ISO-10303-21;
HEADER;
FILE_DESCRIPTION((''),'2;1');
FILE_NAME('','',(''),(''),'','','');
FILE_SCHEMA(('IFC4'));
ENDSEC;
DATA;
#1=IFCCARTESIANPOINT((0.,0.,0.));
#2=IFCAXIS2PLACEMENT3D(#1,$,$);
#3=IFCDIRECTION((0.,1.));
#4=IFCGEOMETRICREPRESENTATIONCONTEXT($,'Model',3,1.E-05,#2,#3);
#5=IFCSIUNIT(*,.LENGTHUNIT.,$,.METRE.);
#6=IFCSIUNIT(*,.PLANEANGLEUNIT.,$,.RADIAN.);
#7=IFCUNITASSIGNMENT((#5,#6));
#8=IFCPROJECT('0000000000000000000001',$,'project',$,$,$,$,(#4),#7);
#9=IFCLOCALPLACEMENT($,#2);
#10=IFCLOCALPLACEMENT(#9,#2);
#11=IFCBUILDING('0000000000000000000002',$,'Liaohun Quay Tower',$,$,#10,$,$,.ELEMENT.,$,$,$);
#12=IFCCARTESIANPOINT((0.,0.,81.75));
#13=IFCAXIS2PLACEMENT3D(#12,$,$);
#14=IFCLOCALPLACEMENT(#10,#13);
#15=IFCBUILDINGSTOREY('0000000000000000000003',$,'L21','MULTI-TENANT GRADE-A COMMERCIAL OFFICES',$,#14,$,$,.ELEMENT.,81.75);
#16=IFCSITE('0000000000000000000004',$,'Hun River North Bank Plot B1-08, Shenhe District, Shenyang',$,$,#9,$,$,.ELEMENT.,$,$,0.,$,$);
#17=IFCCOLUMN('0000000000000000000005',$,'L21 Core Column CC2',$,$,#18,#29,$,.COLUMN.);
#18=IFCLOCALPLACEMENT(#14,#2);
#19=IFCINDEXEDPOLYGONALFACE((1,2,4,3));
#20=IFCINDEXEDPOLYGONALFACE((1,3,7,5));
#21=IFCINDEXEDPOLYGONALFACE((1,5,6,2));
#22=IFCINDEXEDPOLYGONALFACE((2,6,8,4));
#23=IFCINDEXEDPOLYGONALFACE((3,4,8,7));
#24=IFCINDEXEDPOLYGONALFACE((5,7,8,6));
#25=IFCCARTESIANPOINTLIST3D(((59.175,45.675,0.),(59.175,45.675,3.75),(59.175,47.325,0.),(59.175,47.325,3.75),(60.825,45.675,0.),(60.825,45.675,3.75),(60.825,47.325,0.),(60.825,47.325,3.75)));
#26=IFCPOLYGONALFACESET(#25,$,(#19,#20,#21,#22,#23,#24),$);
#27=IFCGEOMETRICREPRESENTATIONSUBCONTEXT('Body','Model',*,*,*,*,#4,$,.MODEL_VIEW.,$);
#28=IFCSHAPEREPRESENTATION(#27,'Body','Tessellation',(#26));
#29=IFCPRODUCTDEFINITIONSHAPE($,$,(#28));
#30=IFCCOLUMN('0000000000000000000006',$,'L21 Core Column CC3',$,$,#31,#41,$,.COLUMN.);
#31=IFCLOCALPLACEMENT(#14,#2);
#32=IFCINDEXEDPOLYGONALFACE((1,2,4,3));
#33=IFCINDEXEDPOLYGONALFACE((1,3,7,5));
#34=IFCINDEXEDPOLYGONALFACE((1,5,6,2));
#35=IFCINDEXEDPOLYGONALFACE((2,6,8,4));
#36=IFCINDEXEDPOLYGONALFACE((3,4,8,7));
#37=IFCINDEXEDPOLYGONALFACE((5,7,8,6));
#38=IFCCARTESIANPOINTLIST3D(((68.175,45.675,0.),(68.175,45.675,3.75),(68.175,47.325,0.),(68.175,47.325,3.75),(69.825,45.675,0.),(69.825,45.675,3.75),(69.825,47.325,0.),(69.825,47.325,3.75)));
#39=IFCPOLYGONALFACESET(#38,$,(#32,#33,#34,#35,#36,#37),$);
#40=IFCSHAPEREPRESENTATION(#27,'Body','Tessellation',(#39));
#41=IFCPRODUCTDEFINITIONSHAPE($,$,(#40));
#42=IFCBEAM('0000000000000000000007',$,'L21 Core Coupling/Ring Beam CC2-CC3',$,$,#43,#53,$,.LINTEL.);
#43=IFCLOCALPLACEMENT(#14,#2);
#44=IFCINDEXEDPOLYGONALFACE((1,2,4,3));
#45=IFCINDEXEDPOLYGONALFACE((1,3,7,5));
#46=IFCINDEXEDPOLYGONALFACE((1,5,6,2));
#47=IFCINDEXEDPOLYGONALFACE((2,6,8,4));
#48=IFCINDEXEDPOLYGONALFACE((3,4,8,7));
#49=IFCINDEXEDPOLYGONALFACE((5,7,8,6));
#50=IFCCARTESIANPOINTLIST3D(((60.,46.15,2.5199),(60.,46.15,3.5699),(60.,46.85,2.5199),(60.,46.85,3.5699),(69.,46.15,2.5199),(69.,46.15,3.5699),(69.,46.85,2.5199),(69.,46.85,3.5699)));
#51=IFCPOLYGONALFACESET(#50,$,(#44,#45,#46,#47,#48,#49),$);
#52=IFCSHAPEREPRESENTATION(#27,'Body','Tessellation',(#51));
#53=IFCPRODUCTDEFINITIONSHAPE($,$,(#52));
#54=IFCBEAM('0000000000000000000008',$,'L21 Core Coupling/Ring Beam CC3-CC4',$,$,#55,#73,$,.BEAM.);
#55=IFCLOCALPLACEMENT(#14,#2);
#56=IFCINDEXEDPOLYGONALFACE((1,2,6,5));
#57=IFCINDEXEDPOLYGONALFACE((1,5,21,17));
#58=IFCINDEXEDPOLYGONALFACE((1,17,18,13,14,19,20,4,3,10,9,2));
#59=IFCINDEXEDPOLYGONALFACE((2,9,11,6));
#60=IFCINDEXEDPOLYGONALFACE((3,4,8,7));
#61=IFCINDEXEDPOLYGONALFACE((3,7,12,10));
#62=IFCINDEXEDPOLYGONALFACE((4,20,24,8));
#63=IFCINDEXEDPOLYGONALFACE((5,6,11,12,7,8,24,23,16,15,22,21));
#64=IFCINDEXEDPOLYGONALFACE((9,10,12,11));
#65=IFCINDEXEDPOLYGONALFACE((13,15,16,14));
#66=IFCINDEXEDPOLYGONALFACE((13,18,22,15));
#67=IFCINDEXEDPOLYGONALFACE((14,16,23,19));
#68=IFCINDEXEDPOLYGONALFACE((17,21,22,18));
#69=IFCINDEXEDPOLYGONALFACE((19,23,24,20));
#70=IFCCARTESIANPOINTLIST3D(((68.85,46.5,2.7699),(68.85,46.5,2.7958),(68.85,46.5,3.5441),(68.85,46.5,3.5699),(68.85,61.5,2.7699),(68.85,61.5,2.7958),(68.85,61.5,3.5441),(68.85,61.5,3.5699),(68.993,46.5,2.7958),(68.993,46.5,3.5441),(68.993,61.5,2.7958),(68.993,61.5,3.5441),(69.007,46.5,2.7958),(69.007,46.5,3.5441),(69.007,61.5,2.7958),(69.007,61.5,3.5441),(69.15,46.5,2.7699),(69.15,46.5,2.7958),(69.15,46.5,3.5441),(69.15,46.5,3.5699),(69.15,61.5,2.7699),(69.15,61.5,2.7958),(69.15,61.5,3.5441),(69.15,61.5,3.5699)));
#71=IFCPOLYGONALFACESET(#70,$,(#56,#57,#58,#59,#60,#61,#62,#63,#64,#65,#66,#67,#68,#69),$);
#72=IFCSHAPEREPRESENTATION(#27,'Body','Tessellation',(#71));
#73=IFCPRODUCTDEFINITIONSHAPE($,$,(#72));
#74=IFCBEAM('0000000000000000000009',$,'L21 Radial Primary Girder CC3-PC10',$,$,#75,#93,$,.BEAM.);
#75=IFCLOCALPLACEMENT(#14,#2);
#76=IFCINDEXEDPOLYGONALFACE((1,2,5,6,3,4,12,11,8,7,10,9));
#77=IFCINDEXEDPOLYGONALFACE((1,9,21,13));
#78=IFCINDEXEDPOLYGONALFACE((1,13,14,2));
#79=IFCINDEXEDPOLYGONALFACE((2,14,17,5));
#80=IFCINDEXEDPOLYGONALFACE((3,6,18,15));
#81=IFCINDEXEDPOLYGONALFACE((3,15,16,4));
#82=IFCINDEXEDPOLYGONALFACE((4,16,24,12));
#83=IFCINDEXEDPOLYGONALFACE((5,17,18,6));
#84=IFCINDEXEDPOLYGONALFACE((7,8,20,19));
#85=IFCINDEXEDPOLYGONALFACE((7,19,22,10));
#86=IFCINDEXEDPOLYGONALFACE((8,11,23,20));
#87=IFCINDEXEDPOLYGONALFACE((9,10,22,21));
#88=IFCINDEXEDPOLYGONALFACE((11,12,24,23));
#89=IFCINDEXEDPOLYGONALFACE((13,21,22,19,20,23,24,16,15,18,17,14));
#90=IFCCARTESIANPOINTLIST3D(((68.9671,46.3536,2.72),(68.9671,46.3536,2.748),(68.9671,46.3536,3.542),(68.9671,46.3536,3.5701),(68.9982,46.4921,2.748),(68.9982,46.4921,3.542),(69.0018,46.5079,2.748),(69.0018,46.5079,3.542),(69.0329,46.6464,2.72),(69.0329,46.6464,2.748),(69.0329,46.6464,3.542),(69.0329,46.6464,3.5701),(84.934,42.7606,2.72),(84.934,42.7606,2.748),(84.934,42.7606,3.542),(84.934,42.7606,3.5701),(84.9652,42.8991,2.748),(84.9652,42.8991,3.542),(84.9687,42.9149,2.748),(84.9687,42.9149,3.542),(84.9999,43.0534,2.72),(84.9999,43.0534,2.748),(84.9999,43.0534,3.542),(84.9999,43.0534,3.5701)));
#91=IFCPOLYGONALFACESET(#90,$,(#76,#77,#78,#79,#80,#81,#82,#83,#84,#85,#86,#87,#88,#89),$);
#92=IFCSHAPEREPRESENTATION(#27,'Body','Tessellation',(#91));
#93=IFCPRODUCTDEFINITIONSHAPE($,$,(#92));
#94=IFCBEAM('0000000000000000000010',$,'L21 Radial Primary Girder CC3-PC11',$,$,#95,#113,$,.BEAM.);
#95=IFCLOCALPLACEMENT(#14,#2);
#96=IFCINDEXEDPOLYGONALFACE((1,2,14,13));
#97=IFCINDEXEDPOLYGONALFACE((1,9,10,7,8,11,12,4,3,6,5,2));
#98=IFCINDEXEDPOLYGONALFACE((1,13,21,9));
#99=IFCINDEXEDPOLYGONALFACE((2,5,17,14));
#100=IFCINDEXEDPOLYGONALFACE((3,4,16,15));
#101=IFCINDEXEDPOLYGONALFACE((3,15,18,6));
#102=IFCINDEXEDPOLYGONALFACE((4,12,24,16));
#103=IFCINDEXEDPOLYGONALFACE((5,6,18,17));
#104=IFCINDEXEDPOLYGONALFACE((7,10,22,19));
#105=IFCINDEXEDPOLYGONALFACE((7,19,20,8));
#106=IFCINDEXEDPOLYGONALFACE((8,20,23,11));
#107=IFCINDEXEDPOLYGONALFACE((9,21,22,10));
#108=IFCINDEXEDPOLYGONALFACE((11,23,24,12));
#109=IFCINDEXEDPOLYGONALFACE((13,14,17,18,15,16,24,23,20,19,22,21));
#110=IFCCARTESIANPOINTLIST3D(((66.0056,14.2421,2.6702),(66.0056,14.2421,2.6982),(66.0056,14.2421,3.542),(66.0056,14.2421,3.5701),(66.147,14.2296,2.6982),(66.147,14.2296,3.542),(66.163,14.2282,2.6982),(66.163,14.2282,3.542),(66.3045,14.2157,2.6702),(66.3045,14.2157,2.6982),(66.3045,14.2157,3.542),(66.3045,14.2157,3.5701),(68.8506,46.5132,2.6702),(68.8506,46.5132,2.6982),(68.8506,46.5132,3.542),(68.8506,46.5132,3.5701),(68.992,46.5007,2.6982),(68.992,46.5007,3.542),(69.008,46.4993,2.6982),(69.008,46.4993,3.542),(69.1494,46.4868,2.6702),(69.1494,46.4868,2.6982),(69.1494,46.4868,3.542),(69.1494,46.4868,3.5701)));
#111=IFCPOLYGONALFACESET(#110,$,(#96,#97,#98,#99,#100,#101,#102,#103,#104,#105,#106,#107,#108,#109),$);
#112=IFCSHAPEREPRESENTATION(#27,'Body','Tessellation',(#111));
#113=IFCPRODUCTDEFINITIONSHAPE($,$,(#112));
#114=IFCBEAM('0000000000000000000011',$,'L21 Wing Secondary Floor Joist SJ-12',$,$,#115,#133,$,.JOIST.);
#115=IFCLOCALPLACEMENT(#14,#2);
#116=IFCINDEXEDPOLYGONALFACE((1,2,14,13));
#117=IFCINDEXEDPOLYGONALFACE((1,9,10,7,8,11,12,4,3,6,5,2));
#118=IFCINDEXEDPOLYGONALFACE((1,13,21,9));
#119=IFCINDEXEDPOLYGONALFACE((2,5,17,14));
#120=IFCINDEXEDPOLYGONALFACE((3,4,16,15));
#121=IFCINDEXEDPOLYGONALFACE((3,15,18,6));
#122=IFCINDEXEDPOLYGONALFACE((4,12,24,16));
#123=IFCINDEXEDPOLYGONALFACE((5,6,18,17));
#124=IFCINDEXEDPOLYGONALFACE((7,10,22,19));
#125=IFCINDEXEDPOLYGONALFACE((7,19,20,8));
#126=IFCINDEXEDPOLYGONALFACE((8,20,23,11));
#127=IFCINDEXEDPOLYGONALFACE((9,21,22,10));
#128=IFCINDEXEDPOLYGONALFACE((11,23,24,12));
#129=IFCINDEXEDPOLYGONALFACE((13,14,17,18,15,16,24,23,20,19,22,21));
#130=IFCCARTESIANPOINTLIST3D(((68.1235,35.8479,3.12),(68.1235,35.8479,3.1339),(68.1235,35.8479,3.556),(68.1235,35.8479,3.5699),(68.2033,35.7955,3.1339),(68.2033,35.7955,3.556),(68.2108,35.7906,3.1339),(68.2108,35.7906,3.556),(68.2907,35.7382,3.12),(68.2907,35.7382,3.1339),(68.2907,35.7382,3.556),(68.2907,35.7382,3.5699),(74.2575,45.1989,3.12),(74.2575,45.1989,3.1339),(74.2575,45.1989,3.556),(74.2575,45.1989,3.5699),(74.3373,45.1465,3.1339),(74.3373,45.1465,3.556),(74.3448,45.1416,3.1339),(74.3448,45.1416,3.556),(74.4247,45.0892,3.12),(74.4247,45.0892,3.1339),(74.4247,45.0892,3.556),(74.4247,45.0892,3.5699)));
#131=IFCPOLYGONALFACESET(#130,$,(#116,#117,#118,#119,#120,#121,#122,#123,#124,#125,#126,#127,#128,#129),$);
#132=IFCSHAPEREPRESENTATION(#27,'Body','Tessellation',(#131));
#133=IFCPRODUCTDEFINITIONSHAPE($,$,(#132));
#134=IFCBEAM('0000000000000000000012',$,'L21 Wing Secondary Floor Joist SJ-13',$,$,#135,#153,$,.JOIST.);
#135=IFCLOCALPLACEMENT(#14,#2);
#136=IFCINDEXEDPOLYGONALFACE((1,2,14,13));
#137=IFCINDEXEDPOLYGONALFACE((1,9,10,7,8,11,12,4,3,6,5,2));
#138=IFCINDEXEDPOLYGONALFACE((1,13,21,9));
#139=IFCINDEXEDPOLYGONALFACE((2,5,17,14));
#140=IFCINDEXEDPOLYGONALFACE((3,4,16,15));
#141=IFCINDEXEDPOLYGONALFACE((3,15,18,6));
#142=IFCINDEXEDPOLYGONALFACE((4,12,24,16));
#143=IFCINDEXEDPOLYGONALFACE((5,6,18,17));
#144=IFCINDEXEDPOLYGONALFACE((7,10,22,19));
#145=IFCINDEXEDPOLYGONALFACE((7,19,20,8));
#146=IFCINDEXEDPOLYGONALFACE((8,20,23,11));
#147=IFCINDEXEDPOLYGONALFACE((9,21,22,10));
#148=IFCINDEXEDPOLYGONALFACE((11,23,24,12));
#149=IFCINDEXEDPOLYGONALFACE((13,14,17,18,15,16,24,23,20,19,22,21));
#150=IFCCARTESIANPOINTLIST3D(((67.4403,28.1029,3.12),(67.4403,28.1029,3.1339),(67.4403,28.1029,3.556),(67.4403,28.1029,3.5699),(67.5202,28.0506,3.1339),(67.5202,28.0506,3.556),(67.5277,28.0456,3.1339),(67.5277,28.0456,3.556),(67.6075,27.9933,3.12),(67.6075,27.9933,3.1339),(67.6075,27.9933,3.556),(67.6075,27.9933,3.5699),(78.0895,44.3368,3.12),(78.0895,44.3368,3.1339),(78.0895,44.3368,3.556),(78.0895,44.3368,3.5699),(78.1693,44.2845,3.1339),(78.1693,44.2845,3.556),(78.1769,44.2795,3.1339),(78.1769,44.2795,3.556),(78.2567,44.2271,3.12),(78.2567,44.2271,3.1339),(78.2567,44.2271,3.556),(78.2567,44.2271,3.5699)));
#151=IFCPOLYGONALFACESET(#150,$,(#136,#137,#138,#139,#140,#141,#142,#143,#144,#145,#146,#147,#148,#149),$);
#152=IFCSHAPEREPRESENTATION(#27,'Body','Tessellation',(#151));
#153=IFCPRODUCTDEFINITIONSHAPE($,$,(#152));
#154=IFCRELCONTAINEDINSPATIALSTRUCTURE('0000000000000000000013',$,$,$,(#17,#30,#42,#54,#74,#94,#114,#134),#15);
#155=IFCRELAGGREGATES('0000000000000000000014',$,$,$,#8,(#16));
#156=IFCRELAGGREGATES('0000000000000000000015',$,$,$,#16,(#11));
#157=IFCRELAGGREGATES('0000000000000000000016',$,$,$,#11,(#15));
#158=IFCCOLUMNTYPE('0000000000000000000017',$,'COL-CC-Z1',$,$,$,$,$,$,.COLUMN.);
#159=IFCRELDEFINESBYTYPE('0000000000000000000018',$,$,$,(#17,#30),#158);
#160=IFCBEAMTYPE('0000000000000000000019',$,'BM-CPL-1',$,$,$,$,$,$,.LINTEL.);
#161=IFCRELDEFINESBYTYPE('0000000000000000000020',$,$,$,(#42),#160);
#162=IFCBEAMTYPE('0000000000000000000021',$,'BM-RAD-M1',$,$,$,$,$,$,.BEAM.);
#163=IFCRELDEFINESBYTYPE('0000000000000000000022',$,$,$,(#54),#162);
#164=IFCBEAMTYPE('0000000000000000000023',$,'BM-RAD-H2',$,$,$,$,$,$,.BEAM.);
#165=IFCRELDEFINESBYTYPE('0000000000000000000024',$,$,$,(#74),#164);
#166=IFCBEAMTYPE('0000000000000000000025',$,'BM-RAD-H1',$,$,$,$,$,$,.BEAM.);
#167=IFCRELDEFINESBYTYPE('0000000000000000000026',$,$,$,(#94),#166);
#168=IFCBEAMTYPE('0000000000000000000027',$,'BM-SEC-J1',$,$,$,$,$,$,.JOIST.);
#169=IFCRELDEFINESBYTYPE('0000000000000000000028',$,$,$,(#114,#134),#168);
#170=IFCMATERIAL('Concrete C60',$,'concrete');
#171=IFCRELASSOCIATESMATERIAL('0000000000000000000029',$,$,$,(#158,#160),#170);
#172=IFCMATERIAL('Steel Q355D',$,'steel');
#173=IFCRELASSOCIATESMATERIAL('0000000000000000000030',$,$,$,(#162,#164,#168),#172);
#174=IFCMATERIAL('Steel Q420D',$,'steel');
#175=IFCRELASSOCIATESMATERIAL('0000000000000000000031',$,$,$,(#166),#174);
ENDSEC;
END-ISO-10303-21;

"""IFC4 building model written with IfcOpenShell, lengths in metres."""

from ifc_helpers import new_model, si_unit, direction, frame, origin, origin_2d, place, context, subcontext, project, spatial, rectangle, i_section, extrude, source, transform, mapped, material, material_profile, profile_set, type_object, element, save


model = new_model("IFC4")

# Units and contexts
model_context = context("Model", 3, precision=1e-05, world=origin(), true_north=direction((0.0, 1.0)))
body_context = subcontext(model_context, "Body", "Model", "MODEL_VIEW")
ifc_project = project(units=[si_unit("LENGTHUNIT", "METRE"), si_unit("PLANEANGLEUNIT", "RADIAN")], contexts=[model_context])

# Site, building, storey
site_placement = place(None, origin())
site = spatial("IfcSite", under=ifc_project, at=site_placement, Name="Hun River North Bank Plot B1-08, Shenhe District, Shenyang", CompositionType="ELEMENT", RefElevation=0.0)
building_placement = place(site_placement, origin())
building = spatial("IfcBuilding", under=site, at=building_placement, Name="Liaohun Quay Tower", CompositionType="ELEMENT")
storey_placement = place(building_placement, frame((0.0, 0.0, 81.75)))
storey = spatial("IfcBuildingStorey", under=building, at=storey_placement, Name="L21", Description="MULTI-TENANT GRADE-A COMMERCIAL OFFICES", CompositionType="ELEMENT", Elevation=81.75)

# Columns
ifc_material_1 = material(Name="Concrete C60", Category="concrete")
ifc_material_profile_1 = material_profile(ifc_material_1, rectangle(XDim=1.6499, YDim=1.6499, at=origin_2d()), Name="RC1650x1650")
ifc_profile_set_1 = profile_set([ifc_material_profile_1], Name="Concrete C60")
column_type = type_object("IfcColumnType", Name="COL-CC-Z1", PredefinedType="COLUMN", material=ifc_profile_set_1)
shared_shape_1 = source(origin(), body_context, "Body", "SweptSolid", [
    extrude(rectangle(XDim=1.6499, YDim=1.6499, at=origin_2d()), origin(), (0.0, 0.0, 1.0), 3.75),
])
for number, where, z_axis, x_axis, name in (
    (1, (60.0, 46.5, 0.0), (0.0, 0.0, 1.0), (1.0, 0.0, 0.0), "L21 Core Column CC2"),
    (2, (69.0, 46.5, 0.0), (0.0, 0.0, 1.0), (1.0, 0.0, 0.0), "L21 Core Column CC3"),
):
    element("IfcColumn", number, at=place(storey_placement, frame(where, z_axis=z_axis, x_axis=x_axis)), inside=storey, type_object=column_type, Name=name, PredefinedType="COLUMN", context=body_context, shape_type="MappedRepresentation", body=[
        mapped(shared_shape_1, transform((0.0, 0.0, 0.0), x_axis=(1.0, 0.0, 0.0), y_axis=(0.0, 1.0, 0.0), z_axis=(0.0, 0.0, 1.0), scale=1.0)),
    ])

# Beams
ifc_material_profile_2 = material_profile(ifc_material_1, rectangle(XDim=0.7, YDim=1.05, at=origin_2d()), Name="RC700x1050")
ifc_profile_set_2 = profile_set([ifc_material_profile_2], Name="Concrete C60")
beam_type_1 = type_object("IfcBeamType", Name="BM-CPL-1", PredefinedType="LINTEL", material=ifc_profile_set_2)
shared_shape_2 = source(origin(), body_context, "Body", "SweptSolid", [
    extrude(rectangle(XDim=0.7, YDim=1.05, at=origin_2d()), origin(), (0.0, 0.0, 1.0), 9.0),
])
beam_1_placement = place(storey_placement, frame((60.0, 46.5, 3.0449), z_axis=(1.0, 0.0, 0.0), x_axis=(0.0, 1.0, 0.0)))
element("IfcBeam", 3, at=beam_1_placement, inside=storey, type_object=beam_type_1, Name="L21 Core Coupling/Ring Beam CC2-CC3", PredefinedType="LINTEL", context=body_context, shape_type="MappedRepresentation", body=[
    mapped(shared_shape_2, transform((0.0, 0.0, 0.0), x_axis=(1.0, 0.0, 0.0), y_axis=(0.0, 1.0, 0.0), z_axis=(0.0, 0.0, 1.0), scale=1.0)),
])
ifc_material_2 = material(Name="Steel Q355D", Category="steel")
ifc_material_profile_3 = material_profile(ifc_material_2, i_section(OverallWidth=0.3, OverallDepth=0.8, WebThickness=0.0139, FlangeThickness=0.0259, at=origin_2d()), Name="HN800x300x14x26")
ifc_profile_set_3 = profile_set([ifc_material_profile_3], Name="Steel Q355D")
beam_type_2 = type_object("IfcBeamType", Name="BM-RAD-M1", PredefinedType="BEAM", material=ifc_profile_set_3)
shared_shape_3 = source(origin(), body_context, "Body", "SweptSolid", [
    extrude(i_section(OverallWidth=0.3, OverallDepth=0.8, WebThickness=0.0139, FlangeThickness=0.0259, at=origin_2d()), origin(), (0.0, 0.0, 1.0), 15.0),
])
beam_2_placement = place(storey_placement, frame((69.0, 46.5, 3.1699), z_axis=(0.0, 1.0, 0.0), x_axis=(-1.0, 0.0, 0.0)))
element("IfcBeam", 4, at=beam_2_placement, inside=storey, type_object=beam_type_2, Name="L21 Core Coupling/Ring Beam CC3-CC4", PredefinedType="BEAM", context=body_context, shape_type="MappedRepresentation", body=[
    mapped(shared_shape_3, transform((0.0, 0.0, 0.0), x_axis=(1.0, 0.0, 0.0), y_axis=(0.0, 1.0, 0.0), z_axis=(0.0, 0.0, 1.0), scale=1.0)),
])
ifc_material_profile_4 = material_profile(ifc_material_2, i_section(OverallWidth=0.3, OverallDepth=0.8501, WebThickness=0.0161, FlangeThickness=0.0281, at=origin_2d()), Name="HN850x300x16x28")
ifc_profile_set_4 = profile_set([ifc_material_profile_4], Name="Steel Q355D")
beam_type_3 = type_object("IfcBeamType", Name="BM-RAD-H2", PredefinedType="BEAM", material=ifc_profile_set_4)
shared_shape_4 = source(origin(), body_context, "Body", "SweptSolid", [
    extrude(i_section(OverallWidth=0.3, OverallDepth=0.8501, WebThickness=0.0161, FlangeThickness=0.0281, at=origin_2d()), origin(), (0.0, 0.0, 1.0), 16.3662),
])
beam_3_placement = place(storey_placement, frame((69.0, 46.5, 3.145), z_axis=(0.975604, -0.219537, 0.0), x_axis=(0.219537, 0.975604, 0.0)))
element("IfcBeam", 5, at=beam_3_placement, inside=storey, type_object=beam_type_3, Name="L21 Radial Primary Girder CC3-PC10", PredefinedType="BEAM", context=body_context, shape_type="MappedRepresentation", body=[
    mapped(shared_shape_4, transform((0.0, 0.0, 0.0), x_axis=(1.0, 0.0, 0.0), y_axis=(0.0, 1.0, 0.0), z_axis=(0.0, 0.0, 1.0), scale=1.0)),
])
ifc_material_3 = material(Name="Steel Q420D", Category="steel")
ifc_material_profile_5 = material_profile(ifc_material_3, i_section(OverallWidth=0.3, OverallDepth=0.8999, WebThickness=0.0161, FlangeThickness=0.0281, at=origin_2d()), Name="HN900x300x16x28")
ifc_profile_set_5 = profile_set([ifc_material_profile_5], Name="Steel Q420D")
beam_type_4 = type_object("IfcBeamType", Name="BM-RAD-H1", PredefinedType="BEAM", material=ifc_profile_set_5)
shared_shape_5 = source(origin(), body_context, "Body", "SweptSolid", [
    extrude(i_section(OverallWidth=0.3, OverallDepth=0.8999, WebThickness=0.0161, FlangeThickness=0.0281, at=origin_2d()), origin(), (0.0, 0.0, 1.0), 32.3962),
])
beam_4_placement = place(storey_placement, frame((69.0, 46.5, 3.1201), z_axis=(-0.087818, -0.996137, 0.0), x_axis=(0.996137, -0.087818, 0.0)))
element("IfcBeam", 6, at=beam_4_placement, inside=storey, type_object=beam_type_4, Name="L21 Radial Primary Girder CC3-PC11", PredefinedType="BEAM", context=body_context, shape_type="MappedRepresentation", body=[
    mapped(shared_shape_5, transform((0.0, 0.0, 0.0), x_axis=(1.0, 0.0, 0.0), y_axis=(0.0, 1.0, 0.0), z_axis=(0.0, 0.0, 1.0), scale=1.0)),
])
ifc_material_profile_6 = material_profile(ifc_material_2, i_section(OverallWidth=0.2, OverallDepth=0.45, WebThickness=0.009, FlangeThickness=0.0139, at=origin_2d()), Name="HN450x200x9x14")
ifc_profile_set_6 = profile_set([ifc_material_profile_6], Name="Steel Q355D")
beam_type_5 = type_object("IfcBeamType", Name="BM-SEC-J1", PredefinedType="JOIST", material=ifc_profile_set_6)
shared_shape_6 = source(origin(), body_context, "Body", "SweptSolid", [
    extrude(i_section(OverallWidth=0.2, OverallDepth=0.45, WebThickness=0.009, FlangeThickness=0.0139, at=origin_2d()), origin(), (0.0, 0.0, 1.0), 11.1833),
])
beam_5_placement = place(storey_placement, frame((74.3411, 45.144, 3.345), z_axis=(-0.548493, -0.836155, 0.0), x_axis=(0.836155, -0.548493, 0.0)))
element("IfcBeam", 7, at=beam_5_placement, inside=storey, type_object=beam_type_5, Name="L21 Wing Secondary Floor Joist SJ-12", PredefinedType="JOIST", context=body_context, shape_type="MappedRepresentation", body=[
    mapped(shared_shape_6, transform((0.0, 0.0, 0.0), x_axis=(1.0, 0.0, 0.0), y_axis=(0.0, 1.0, 0.0), z_axis=(0.0, 0.0, 1.0), scale=1.0)),
])
shared_shape_7 = source(origin(), body_context, "Body", "SweptSolid", [
    extrude(i_section(OverallWidth=0.2, OverallDepth=0.45, WebThickness=0.009, FlangeThickness=0.0139, at=origin_2d()), origin(), (0.0, 0.0, 1.0), 19.415),
])
beam_6_placement = place(storey_placement, frame((78.1731, 44.282, 3.345), z_axis=(-0.548501, -0.83615, 0.0), x_axis=(0.83615, -0.548501, 0.0)))
element("IfcBeam", 8, at=beam_6_placement, inside=storey, type_object=beam_type_5, Name="L21 Wing Secondary Floor Joist SJ-13", PredefinedType="JOIST", context=body_context, shape_type="MappedRepresentation", body=[
    mapped(shared_shape_7, transform((0.0, 0.0, 0.0), x_axis=(1.0, 0.0, 0.0), y_axis=(0.0, 1.0, 0.0), z_axis=(0.0, 0.0, 1.0), scale=1.0)),
])

save(model, "model.ifc")
